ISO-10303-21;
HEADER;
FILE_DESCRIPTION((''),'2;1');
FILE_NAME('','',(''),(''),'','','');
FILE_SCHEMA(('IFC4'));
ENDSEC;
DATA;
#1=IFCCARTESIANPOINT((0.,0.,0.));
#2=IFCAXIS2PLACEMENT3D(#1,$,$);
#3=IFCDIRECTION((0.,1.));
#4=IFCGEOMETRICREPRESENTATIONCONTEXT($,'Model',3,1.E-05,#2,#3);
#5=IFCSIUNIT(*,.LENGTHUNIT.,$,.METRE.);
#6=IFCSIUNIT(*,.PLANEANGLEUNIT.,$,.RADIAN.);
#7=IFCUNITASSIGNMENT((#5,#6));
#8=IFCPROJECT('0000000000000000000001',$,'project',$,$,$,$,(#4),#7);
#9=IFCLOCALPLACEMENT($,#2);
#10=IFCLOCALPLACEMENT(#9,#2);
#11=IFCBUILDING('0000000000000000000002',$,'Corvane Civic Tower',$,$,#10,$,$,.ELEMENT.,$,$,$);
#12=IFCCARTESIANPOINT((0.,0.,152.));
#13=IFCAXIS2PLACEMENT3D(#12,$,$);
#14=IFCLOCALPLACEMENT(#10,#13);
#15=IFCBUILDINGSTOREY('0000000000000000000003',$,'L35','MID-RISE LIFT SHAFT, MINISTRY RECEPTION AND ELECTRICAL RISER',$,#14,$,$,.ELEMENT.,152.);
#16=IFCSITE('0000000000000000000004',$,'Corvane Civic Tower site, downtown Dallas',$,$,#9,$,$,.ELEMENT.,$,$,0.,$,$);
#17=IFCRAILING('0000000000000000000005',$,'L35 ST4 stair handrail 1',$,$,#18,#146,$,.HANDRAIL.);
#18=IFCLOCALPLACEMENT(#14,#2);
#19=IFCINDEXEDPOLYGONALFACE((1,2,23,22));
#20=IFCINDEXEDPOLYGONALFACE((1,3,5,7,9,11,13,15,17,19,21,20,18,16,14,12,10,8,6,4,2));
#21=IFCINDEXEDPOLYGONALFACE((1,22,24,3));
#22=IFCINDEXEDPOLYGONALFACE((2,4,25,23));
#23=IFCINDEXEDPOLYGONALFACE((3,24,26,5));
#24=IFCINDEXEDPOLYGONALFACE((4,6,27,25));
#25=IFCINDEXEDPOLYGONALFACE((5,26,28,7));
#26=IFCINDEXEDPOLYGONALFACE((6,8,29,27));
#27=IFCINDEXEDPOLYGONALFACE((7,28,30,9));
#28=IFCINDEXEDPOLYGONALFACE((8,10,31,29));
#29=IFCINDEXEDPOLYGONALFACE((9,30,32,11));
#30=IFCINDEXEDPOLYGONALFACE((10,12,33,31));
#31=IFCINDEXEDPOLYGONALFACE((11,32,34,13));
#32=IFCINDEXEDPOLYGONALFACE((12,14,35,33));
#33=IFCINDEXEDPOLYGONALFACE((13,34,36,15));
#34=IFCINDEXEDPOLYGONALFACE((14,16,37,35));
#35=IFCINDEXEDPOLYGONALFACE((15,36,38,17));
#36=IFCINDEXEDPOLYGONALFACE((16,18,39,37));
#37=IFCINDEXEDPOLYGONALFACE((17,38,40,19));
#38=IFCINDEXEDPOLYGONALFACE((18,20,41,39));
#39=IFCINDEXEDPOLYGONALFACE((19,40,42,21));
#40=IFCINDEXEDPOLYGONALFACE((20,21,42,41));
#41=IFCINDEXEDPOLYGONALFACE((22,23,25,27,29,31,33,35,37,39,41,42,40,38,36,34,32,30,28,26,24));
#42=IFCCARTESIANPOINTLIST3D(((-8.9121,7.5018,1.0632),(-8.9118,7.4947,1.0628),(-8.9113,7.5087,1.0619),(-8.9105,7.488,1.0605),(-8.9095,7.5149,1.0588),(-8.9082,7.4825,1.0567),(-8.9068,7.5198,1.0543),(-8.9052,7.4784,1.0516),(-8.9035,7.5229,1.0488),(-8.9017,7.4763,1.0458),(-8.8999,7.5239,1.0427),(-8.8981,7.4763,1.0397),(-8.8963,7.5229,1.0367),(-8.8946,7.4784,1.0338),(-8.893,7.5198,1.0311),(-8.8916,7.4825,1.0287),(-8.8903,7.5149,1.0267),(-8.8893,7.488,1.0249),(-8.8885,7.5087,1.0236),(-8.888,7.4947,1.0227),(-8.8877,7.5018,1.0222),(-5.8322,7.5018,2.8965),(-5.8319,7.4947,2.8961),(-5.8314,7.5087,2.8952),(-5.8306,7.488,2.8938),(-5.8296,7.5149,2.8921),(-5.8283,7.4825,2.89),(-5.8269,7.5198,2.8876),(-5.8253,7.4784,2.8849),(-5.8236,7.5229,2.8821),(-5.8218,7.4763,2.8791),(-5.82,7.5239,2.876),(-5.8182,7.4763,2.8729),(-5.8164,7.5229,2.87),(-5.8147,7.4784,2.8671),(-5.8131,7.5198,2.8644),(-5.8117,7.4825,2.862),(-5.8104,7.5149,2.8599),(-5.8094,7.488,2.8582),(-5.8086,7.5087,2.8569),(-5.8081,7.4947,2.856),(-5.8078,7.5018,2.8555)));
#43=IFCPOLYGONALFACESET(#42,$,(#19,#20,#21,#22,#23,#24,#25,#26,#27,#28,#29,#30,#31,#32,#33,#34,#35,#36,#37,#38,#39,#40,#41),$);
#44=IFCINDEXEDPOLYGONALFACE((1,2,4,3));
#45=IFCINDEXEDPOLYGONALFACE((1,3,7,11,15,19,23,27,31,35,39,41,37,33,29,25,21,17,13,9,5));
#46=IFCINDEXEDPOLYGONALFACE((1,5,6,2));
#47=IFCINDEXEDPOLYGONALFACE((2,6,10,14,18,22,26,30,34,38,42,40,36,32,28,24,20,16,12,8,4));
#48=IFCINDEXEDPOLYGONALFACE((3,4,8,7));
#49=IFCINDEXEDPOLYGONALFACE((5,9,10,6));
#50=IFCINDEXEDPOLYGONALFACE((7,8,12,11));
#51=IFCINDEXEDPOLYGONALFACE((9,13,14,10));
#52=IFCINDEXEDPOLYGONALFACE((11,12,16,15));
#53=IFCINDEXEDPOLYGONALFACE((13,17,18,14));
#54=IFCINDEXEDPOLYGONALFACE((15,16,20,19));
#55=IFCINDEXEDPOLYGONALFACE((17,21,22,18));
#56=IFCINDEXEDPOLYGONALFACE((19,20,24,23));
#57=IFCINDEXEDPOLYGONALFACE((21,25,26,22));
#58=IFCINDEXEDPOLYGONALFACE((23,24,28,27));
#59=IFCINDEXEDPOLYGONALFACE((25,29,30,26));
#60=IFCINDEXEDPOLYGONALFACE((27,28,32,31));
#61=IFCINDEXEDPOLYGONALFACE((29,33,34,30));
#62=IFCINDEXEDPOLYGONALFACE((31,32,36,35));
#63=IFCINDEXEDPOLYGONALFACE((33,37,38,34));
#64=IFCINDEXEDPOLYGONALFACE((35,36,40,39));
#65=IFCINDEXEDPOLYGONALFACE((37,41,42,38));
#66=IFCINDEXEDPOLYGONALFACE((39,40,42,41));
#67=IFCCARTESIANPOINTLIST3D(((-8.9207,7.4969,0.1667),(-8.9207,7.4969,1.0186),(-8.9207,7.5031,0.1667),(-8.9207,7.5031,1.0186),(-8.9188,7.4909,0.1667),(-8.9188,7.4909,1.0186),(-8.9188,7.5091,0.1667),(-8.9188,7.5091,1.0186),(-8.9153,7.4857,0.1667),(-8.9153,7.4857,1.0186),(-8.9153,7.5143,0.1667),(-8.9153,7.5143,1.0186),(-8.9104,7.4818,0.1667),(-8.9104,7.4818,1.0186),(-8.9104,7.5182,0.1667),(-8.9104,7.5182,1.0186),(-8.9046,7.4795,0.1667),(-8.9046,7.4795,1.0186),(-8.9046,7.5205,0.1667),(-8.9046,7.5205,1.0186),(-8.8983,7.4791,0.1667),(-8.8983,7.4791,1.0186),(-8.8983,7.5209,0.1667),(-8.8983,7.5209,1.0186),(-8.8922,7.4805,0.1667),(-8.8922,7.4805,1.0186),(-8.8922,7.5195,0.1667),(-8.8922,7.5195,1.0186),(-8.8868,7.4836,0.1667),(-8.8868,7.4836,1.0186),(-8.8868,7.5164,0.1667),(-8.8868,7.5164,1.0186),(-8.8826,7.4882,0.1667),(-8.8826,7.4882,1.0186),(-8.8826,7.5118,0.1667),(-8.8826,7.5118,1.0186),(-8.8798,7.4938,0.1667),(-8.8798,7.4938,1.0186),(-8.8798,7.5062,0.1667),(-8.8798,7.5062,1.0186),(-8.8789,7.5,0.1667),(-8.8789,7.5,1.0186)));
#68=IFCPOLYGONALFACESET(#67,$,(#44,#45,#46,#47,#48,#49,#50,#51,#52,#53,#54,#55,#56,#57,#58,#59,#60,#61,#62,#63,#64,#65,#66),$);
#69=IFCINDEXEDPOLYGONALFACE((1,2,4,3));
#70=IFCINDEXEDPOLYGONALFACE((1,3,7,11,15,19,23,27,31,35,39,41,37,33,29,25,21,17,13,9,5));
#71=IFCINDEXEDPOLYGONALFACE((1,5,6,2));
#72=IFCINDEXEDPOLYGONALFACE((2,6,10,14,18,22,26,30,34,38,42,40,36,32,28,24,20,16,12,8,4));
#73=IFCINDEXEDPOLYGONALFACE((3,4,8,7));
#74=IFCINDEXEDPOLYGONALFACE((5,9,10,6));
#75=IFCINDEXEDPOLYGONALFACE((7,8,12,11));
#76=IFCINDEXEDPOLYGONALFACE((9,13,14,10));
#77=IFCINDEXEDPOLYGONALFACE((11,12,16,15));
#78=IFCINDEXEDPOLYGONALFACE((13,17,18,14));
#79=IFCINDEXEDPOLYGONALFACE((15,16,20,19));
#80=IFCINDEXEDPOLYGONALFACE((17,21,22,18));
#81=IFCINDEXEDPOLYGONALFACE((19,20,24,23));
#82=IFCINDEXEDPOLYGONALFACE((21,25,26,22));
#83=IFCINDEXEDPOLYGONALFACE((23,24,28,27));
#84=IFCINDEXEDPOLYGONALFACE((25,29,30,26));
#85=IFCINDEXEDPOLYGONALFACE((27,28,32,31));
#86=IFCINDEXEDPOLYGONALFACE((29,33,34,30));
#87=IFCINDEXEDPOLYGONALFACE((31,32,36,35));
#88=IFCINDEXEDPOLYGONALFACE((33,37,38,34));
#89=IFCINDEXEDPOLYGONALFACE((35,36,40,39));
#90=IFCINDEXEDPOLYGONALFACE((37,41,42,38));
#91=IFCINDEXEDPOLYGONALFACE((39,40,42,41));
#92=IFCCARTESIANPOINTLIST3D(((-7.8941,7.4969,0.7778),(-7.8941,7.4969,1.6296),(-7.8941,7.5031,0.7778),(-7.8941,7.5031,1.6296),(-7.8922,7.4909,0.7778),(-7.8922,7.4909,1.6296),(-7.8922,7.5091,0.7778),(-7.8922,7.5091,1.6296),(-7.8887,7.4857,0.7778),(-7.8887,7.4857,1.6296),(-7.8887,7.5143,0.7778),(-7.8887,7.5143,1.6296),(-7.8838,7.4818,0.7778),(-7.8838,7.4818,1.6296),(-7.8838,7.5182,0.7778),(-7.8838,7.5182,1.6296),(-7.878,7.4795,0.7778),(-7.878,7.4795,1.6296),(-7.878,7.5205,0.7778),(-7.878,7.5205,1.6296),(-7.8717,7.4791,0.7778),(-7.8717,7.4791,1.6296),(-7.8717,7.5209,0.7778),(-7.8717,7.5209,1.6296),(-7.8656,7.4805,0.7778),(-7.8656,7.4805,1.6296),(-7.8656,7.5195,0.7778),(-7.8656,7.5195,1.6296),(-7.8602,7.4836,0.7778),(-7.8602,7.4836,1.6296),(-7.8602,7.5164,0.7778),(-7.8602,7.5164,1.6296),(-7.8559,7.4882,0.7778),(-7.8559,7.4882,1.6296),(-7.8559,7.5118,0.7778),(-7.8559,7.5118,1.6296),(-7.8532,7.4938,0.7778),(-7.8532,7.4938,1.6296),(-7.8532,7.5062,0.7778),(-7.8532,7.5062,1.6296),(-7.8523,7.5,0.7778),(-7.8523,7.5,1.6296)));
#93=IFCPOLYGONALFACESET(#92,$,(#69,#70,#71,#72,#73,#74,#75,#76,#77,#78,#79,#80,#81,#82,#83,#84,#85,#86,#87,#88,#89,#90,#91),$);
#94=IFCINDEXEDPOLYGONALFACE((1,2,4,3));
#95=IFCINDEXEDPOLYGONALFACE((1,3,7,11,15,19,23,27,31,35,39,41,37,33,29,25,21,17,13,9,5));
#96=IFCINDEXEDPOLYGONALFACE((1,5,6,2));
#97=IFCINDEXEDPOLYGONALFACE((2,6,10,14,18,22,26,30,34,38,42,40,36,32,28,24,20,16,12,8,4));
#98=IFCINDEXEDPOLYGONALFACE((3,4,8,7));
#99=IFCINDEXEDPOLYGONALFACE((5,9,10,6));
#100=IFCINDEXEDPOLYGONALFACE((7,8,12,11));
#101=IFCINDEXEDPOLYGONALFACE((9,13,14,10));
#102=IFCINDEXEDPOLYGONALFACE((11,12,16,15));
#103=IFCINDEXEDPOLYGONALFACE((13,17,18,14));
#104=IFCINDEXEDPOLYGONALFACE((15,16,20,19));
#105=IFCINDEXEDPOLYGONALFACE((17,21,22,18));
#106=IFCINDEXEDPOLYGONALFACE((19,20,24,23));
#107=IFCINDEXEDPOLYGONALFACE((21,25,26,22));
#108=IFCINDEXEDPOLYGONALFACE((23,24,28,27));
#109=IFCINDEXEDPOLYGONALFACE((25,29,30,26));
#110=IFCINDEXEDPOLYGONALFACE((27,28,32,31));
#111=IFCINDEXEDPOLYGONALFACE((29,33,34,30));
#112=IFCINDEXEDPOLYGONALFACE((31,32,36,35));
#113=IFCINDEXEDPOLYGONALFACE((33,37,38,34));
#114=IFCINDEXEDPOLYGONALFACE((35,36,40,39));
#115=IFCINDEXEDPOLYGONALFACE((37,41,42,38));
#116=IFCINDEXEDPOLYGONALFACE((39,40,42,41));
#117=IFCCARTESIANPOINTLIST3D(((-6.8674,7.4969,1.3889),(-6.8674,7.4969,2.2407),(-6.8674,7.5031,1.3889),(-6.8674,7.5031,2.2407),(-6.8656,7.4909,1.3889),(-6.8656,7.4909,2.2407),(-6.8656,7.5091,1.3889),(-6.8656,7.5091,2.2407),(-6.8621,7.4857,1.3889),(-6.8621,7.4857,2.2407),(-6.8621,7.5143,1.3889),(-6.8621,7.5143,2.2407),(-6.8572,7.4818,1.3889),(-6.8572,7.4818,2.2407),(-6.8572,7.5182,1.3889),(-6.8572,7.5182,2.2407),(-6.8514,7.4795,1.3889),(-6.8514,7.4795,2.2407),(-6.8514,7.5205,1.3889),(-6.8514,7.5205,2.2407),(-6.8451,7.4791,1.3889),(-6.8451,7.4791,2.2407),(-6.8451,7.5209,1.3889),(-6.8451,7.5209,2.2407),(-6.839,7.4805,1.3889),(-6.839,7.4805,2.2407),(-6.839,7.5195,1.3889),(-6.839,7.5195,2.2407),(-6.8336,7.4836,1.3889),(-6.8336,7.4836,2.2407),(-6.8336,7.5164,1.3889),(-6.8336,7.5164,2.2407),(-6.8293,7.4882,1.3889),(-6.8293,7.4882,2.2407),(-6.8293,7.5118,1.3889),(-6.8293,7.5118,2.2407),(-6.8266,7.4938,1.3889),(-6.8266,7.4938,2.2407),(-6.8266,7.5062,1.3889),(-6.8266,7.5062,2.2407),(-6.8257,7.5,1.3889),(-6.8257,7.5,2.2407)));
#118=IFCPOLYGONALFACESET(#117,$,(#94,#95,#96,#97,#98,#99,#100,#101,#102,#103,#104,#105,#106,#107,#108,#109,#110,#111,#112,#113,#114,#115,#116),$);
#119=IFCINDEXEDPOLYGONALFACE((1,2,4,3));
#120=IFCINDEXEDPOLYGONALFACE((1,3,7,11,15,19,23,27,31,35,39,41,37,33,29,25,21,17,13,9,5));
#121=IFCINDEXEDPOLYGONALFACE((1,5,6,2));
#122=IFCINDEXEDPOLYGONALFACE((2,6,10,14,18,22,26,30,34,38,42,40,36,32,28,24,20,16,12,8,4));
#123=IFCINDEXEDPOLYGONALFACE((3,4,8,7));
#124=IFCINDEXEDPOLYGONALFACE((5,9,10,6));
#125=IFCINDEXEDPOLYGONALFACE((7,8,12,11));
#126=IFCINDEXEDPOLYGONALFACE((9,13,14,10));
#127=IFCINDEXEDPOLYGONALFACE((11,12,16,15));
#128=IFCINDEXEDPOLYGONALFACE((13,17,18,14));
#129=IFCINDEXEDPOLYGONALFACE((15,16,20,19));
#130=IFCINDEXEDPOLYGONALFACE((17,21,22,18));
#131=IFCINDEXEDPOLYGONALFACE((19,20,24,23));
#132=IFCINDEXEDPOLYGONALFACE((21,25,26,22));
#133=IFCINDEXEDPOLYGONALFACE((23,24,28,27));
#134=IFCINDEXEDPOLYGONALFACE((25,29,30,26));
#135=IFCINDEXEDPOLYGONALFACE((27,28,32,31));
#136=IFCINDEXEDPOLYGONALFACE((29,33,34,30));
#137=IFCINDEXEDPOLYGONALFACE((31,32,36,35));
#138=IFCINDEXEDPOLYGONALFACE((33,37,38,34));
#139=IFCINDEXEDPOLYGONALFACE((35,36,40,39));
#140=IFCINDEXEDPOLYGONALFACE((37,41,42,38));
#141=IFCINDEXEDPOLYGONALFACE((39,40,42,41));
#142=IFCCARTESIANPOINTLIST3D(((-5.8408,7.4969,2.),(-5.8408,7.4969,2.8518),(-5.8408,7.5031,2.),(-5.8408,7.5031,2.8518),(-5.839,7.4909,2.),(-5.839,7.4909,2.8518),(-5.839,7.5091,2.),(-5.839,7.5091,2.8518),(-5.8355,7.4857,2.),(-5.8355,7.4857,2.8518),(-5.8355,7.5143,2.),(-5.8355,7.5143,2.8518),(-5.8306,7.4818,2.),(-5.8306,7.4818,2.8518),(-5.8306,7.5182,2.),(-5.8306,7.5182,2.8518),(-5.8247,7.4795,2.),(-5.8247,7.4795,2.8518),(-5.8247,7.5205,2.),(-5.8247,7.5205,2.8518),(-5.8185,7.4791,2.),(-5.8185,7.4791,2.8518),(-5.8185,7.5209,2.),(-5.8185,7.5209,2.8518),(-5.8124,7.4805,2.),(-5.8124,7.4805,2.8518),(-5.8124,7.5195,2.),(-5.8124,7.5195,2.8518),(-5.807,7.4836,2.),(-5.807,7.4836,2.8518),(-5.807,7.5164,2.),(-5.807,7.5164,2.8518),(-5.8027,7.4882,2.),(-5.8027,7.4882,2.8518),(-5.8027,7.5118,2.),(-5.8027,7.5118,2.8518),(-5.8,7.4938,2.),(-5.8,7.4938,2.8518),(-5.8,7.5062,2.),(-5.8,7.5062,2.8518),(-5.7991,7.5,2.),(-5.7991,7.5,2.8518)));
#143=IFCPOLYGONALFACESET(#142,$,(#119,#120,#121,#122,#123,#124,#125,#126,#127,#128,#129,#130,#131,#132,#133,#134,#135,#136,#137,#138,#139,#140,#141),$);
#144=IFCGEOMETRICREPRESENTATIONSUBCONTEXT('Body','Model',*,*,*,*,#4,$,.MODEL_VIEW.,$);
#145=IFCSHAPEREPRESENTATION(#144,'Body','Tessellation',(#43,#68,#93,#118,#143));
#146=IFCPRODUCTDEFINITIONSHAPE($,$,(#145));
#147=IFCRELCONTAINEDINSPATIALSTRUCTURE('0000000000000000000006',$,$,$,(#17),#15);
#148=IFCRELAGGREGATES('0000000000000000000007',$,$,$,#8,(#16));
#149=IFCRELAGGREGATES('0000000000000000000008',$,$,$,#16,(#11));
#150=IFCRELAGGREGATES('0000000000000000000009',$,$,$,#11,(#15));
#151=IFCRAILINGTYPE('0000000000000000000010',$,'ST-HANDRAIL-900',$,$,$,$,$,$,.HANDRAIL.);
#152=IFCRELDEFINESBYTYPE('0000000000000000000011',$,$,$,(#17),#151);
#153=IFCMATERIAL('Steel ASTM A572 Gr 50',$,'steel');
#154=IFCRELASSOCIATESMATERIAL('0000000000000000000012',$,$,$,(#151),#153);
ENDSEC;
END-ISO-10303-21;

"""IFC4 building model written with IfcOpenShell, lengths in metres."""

from ifc_helpers import new_model, si_unit, direction, frame, origin, origin_2d, place, context, subcontext, project, spatial, circle, extrude, material, type_object, element, save


model = new_model("IFC4")

# Units and contexts
model_context = context("Model", 3, precision=1e-05, world=origin(), true_north=direction((0.0, 1.0)))
body_context = subcontext(model_context, "Body", "Model", "MODEL_VIEW")
ifc_project = project(units=[si_unit("LENGTHUNIT", "METRE"), si_unit("PLANEANGLEUNIT", "RADIAN")], contexts=[model_context])

# Site, building, storey
site_placement = place(None, origin())
site = spatial("IfcSite", under=ifc_project, at=site_placement, Name="Corvane Civic Tower site, downtown Dallas", CompositionType="ELEMENT", RefElevation=0.0)
building_placement = place(site_placement, origin())
building = spatial("IfcBuilding", under=site, at=building_placement, Name="Corvane Civic Tower", CompositionType="ELEMENT")
storey_placement = place(building_placement, frame((0.0, 0.0, 152.0)))
storey = spatial("IfcBuildingStorey", under=building, at=storey_placement, Name="L35", Description="MID-RISE LIFT SHAFT, MINISTRY RECEPTION AND ELECTRICAL RISER", CompositionType="ELEMENT", Elevation=152.0)

# Railing
ifc_material_1 = material(Name="Steel ASTM A572 Gr 50", Category="steel")
railing_type = type_object("IfcRailingType", Name="ST-HANDRAIL-900", PredefinedType="HANDRAIL", material=ifc_material_1)
railing_placement = place(storey_placement, frame((-8.8999, 7.5, 0.1667)))
element("IfcRailing", 1, at=railing_placement, inside=storey, type_object=railing_type, Name="L35 ST4 stair handrail 1", PredefinedType="HANDRAIL", context=body_context, shape_type="SweptSolid", body=[
    extrude(circle(Radius=0.0239, at=origin_2d()), frame((0.0, 0.0, 0.876), z_axis=(0.859291, 0.0, 0.511487), x_axis=(0.0, 1.0, 0.0)), (0.0, 0.0, 1.0), 3.5842),
    extrude(circle(Radius=0.021, at=origin_2d()), origin(), (0.0, 0.0, 1.0), 0.8518),
    extrude(circle(Radius=0.021, at=origin_2d()), frame((1.0266, 0.0, 0.6111)), (0.0, 0.0, 1.0), 0.8518),
    extrude(circle(Radius=0.021, at=origin_2d()), frame((2.0532, 0.0, 1.2222)), (0.0, 0.0, 1.0), 0.8518),
    extrude(circle(Radius=0.021, at=origin_2d()), frame((3.0798, 0.0, 1.8333)), (0.0, 0.0, 1.0), 0.8518),
])

save(model, "model.ifc")
